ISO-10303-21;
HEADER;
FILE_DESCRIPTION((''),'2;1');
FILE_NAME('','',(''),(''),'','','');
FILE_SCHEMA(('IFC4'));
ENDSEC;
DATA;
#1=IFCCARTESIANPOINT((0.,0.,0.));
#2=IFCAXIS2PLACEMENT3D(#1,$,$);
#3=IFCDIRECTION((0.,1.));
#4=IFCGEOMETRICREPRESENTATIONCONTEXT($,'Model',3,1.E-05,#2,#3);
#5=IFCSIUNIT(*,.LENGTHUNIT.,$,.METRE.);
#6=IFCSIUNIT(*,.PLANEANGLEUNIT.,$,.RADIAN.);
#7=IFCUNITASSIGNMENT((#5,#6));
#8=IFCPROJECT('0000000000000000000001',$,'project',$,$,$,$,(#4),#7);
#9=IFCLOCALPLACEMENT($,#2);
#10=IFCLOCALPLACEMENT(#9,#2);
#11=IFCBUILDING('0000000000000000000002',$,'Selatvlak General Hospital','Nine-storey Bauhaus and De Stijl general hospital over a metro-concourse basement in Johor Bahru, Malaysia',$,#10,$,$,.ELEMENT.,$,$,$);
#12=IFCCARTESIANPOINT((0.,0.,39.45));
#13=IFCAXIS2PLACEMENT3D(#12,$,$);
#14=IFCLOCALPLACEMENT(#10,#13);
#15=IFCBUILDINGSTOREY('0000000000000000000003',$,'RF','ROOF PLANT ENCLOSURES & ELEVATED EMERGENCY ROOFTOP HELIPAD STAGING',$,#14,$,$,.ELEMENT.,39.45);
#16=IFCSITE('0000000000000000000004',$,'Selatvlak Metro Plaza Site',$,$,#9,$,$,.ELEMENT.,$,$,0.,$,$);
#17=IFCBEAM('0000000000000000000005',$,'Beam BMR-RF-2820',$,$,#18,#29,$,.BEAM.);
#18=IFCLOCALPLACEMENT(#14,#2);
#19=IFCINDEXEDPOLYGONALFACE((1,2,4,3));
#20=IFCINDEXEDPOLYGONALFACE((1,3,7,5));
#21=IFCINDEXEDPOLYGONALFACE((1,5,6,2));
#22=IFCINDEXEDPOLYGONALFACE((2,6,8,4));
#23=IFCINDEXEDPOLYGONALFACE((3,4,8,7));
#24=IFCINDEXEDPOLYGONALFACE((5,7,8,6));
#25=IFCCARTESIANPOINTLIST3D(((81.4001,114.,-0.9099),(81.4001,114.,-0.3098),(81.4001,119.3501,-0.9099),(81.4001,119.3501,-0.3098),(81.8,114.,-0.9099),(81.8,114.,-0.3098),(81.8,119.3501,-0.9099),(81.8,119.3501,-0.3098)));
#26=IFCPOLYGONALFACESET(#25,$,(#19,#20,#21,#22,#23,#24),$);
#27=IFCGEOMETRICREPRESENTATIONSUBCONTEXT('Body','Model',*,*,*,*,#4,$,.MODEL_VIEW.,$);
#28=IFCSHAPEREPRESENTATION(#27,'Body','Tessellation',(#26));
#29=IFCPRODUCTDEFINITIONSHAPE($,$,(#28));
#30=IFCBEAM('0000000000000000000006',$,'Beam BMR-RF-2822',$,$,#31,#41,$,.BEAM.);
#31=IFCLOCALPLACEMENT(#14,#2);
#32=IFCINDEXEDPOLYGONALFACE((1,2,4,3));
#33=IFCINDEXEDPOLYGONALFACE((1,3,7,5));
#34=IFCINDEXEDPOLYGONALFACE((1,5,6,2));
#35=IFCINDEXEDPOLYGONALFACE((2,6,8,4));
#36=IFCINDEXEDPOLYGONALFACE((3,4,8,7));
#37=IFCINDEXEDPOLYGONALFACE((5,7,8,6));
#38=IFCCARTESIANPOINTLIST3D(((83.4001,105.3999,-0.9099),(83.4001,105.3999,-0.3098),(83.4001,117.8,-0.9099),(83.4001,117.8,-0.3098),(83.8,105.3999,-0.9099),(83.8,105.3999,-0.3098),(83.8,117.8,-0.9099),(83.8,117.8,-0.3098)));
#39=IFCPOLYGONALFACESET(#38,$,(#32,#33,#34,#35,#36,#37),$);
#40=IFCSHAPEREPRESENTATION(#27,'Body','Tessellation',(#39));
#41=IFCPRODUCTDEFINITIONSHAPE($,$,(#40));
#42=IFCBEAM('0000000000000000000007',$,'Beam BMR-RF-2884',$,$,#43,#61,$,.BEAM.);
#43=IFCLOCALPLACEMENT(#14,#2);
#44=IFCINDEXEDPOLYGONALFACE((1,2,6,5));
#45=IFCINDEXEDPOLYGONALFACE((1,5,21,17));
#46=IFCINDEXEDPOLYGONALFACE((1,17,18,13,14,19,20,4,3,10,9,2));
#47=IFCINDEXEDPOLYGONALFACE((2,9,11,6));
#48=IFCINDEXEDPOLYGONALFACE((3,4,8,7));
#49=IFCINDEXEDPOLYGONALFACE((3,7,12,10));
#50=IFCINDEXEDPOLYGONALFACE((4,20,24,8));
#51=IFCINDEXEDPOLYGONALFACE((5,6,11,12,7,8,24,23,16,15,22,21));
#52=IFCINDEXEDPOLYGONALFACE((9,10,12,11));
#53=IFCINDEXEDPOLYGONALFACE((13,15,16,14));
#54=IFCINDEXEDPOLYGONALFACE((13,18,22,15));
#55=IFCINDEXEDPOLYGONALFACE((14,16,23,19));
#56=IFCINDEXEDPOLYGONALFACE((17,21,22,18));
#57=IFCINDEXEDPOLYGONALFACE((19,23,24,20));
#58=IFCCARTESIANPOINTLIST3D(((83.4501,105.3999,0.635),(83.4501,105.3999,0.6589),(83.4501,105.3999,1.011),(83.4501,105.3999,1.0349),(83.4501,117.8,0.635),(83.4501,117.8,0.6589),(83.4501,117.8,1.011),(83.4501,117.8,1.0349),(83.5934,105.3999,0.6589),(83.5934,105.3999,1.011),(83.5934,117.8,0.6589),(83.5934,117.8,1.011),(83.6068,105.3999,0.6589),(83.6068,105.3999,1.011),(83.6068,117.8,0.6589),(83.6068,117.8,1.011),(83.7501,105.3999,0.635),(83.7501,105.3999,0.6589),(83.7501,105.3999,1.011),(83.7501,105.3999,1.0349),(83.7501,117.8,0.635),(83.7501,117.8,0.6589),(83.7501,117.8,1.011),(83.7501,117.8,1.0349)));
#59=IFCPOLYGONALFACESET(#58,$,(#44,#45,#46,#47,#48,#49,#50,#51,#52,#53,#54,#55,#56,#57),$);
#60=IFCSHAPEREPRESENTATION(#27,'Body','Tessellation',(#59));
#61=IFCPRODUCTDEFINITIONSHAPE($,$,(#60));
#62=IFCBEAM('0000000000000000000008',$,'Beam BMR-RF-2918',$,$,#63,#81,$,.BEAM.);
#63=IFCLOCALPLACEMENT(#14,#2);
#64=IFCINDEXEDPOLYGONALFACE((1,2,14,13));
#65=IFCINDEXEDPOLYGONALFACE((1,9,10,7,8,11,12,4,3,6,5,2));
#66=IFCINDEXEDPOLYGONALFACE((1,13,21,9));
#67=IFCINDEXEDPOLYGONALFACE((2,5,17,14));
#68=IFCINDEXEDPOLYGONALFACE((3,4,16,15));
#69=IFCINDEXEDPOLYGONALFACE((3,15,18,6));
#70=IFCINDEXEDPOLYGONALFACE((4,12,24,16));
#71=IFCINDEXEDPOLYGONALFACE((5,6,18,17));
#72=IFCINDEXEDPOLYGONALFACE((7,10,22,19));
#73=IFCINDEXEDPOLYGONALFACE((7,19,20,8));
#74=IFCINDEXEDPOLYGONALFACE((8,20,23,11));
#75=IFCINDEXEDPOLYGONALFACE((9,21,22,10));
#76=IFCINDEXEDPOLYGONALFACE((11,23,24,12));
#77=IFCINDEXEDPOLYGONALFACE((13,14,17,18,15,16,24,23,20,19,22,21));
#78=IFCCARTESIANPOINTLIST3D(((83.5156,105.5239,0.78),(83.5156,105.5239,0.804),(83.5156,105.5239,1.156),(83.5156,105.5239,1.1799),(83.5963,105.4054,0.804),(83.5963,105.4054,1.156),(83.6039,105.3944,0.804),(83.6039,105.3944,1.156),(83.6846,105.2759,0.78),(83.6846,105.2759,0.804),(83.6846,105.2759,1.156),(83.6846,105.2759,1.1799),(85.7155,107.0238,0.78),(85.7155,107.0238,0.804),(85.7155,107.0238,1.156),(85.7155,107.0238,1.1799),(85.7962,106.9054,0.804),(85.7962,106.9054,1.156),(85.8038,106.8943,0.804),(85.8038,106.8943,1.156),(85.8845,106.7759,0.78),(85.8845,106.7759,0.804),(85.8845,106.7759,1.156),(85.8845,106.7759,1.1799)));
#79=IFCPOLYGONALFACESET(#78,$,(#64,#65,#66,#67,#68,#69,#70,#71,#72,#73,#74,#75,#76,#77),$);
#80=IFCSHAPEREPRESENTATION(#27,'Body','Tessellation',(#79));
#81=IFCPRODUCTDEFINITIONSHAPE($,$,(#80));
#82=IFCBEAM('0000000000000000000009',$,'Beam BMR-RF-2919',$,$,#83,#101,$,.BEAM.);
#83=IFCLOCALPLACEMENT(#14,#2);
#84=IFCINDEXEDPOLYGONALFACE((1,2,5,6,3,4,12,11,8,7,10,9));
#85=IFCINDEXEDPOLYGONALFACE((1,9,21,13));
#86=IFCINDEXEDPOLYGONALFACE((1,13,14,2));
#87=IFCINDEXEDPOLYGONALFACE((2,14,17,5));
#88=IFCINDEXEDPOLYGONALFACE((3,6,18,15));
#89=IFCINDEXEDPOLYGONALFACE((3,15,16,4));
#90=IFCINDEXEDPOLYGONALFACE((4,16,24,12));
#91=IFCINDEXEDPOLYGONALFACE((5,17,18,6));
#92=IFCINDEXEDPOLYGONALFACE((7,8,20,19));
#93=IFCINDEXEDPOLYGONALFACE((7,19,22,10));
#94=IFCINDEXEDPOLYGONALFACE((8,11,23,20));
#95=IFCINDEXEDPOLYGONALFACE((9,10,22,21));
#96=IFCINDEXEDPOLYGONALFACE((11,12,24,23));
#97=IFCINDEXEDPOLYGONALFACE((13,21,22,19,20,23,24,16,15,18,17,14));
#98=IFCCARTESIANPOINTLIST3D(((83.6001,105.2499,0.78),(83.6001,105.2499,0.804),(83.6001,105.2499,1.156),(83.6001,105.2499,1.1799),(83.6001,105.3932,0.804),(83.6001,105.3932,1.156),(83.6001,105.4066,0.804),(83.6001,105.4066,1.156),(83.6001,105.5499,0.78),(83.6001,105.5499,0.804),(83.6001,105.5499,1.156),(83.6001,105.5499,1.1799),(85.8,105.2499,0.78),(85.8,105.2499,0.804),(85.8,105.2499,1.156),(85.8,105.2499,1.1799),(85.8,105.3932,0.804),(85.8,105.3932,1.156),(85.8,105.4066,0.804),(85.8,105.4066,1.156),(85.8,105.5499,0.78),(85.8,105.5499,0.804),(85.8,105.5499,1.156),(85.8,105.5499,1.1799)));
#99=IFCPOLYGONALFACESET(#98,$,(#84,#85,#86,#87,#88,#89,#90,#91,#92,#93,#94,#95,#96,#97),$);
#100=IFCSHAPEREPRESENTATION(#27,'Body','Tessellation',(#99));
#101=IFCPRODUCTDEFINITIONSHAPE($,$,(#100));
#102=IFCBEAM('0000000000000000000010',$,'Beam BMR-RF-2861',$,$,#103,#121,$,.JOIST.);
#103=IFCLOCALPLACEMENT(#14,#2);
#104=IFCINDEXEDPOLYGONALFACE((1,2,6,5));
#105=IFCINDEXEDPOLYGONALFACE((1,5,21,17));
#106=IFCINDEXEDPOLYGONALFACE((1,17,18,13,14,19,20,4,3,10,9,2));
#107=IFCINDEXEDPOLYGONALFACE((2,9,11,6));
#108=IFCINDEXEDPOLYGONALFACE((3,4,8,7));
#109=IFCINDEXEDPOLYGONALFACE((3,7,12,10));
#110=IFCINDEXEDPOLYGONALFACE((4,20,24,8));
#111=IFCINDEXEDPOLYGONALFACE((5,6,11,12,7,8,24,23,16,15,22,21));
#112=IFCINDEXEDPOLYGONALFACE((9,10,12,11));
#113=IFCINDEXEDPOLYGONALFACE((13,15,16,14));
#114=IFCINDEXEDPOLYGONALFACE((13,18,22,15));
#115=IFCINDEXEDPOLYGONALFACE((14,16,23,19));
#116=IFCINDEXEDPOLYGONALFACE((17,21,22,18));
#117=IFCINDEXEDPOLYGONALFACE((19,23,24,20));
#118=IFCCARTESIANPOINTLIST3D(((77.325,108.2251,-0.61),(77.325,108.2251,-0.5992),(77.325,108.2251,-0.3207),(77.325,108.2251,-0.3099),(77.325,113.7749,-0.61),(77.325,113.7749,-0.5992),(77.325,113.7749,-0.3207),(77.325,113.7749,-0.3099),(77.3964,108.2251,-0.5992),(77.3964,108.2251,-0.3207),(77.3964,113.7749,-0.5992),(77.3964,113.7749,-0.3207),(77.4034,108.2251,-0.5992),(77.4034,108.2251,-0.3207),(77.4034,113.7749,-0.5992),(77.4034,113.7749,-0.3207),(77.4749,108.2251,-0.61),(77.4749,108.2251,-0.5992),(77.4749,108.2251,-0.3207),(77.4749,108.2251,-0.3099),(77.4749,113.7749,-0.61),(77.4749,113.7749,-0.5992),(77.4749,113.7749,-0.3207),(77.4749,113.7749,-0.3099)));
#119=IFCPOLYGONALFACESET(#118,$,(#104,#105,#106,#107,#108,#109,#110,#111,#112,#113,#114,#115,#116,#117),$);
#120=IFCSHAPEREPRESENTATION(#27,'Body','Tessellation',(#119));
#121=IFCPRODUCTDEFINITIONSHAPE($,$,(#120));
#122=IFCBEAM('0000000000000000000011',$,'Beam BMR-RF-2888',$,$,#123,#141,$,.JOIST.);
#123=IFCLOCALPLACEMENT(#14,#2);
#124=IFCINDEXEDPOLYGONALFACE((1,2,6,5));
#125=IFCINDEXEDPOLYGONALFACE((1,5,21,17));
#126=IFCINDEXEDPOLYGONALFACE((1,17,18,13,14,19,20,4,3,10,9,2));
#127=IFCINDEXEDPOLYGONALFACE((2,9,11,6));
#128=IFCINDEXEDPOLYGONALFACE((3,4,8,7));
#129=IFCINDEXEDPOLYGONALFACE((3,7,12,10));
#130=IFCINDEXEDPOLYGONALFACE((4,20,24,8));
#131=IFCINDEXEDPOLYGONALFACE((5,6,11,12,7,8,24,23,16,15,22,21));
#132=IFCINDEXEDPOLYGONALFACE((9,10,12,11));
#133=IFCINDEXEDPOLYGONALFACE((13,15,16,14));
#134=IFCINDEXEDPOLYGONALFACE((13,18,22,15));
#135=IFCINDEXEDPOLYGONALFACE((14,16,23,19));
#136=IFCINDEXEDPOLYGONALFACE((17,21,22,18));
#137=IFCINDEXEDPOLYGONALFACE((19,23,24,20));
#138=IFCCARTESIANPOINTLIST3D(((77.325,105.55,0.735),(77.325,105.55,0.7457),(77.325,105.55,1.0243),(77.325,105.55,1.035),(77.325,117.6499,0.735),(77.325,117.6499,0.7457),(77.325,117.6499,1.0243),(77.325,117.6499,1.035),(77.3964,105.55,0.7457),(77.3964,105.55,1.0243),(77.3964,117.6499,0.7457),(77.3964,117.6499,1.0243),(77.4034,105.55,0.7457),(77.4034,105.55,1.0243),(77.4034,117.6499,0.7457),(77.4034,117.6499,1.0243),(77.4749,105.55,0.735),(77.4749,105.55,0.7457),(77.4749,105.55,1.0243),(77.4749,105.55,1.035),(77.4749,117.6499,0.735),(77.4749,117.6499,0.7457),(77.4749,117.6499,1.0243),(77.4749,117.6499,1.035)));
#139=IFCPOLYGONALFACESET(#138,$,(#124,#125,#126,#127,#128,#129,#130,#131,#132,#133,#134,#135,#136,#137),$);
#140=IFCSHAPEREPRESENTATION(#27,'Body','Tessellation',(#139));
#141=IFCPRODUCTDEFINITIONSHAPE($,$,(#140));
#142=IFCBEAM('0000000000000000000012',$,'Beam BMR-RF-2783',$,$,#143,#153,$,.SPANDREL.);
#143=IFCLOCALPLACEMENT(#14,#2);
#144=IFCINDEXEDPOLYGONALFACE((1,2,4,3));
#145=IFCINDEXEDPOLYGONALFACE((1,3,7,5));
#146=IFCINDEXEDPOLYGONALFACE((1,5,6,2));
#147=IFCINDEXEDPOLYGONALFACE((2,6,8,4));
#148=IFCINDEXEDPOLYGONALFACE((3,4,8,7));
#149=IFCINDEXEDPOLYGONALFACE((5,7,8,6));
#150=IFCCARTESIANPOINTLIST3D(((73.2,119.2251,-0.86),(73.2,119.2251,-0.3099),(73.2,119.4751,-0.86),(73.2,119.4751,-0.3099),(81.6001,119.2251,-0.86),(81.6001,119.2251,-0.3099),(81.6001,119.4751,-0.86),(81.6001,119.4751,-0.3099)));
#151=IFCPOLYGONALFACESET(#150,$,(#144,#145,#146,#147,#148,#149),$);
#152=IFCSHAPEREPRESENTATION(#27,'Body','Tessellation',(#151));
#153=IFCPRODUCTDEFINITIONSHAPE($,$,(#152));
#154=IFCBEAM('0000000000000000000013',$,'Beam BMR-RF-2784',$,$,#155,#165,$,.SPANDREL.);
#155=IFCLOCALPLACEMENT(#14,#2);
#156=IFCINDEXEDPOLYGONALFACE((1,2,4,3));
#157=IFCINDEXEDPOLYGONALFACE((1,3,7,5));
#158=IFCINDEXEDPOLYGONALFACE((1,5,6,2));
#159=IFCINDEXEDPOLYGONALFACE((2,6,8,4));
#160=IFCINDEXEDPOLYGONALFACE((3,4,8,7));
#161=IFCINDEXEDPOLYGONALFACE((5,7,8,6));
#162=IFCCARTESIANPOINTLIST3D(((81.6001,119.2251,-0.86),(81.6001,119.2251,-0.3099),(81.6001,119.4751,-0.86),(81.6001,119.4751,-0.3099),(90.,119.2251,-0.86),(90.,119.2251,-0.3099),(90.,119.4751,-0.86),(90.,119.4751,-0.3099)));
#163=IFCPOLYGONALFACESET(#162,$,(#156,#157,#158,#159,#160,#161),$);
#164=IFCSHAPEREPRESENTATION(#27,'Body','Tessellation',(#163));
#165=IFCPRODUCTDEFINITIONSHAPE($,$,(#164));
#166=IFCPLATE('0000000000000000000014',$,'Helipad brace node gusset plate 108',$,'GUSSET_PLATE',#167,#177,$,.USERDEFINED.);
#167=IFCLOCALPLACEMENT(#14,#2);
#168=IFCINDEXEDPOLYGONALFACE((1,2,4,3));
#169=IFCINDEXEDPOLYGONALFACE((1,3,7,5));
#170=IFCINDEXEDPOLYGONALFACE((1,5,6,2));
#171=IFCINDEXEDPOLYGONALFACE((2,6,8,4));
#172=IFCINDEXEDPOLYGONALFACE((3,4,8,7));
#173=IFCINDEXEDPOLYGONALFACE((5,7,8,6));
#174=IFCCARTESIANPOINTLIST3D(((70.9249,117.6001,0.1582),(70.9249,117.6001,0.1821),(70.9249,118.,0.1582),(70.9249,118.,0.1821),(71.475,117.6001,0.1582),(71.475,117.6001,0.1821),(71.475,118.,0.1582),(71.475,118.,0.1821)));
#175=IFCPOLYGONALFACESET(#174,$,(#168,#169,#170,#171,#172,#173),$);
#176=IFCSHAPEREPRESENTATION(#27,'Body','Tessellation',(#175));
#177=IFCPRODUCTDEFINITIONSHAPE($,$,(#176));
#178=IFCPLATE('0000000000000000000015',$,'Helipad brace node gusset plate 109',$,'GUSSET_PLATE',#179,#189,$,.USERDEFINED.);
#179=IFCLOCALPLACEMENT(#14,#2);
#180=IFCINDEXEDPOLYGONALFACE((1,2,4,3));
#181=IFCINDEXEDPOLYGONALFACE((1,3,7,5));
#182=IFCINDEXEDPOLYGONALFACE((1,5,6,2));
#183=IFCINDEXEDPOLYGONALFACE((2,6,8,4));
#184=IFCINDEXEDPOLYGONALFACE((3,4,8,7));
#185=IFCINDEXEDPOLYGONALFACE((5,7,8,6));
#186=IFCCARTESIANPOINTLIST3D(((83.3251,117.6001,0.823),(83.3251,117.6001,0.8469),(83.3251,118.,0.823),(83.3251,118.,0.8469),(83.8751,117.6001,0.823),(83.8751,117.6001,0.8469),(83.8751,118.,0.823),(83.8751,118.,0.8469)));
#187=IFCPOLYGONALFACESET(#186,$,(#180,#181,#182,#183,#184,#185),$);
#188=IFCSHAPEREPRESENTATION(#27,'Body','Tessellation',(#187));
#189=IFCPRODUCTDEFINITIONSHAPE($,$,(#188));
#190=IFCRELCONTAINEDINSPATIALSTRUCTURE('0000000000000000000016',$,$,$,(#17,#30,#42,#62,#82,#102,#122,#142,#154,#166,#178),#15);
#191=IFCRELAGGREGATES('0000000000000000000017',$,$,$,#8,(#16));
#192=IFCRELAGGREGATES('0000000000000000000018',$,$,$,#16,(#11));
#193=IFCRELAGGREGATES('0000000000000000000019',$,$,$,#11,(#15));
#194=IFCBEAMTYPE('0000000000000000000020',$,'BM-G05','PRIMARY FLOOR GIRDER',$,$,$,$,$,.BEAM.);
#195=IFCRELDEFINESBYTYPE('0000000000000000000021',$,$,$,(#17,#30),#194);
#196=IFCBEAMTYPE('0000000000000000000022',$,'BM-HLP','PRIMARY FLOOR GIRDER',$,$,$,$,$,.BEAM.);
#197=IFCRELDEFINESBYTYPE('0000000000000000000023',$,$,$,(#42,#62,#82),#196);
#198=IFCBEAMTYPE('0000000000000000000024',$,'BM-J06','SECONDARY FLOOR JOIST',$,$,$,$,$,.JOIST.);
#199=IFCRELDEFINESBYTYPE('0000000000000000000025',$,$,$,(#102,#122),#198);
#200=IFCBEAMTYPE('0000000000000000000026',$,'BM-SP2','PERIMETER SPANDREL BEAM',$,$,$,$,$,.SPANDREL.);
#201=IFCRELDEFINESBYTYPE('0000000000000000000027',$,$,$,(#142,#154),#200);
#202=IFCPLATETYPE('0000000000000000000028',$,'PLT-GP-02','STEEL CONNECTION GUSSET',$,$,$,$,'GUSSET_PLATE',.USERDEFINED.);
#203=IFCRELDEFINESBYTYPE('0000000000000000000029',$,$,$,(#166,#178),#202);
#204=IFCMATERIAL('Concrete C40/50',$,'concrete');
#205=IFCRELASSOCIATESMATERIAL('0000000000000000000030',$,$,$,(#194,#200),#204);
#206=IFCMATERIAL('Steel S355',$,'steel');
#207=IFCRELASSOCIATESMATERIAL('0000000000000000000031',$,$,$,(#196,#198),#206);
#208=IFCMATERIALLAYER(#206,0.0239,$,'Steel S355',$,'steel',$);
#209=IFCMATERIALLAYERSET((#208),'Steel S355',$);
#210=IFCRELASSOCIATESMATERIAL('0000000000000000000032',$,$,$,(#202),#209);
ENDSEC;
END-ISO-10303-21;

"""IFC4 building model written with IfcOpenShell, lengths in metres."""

from ifc_helpers import new_model, si_unit, direction, frame, origin, origin_2d, place, context, subcontext, project, spatial, rectangle, i_section, extrude, material, layer, layer_set, material_profile, profile_set, type_object, element, save


model = new_model("IFC4")

# Units and contexts
model_context = context("Model", 3, precision=1e-05, world=origin(), true_north=direction((0.0, 1.0)))
body_context = subcontext(model_context, "Body", "Model", "MODEL_VIEW")
ifc_project = project(units=[si_unit("LENGTHUNIT", "METRE"), si_unit("PLANEANGLEUNIT", "RADIAN")], contexts=[model_context])

# Site, building, storey
site_placement = place(None, origin())
site = spatial("IfcSite", under=ifc_project, at=site_placement, Name="Selatvlak Metro Plaza Site", CompositionType="ELEMENT", RefElevation=0.0)
building_placement = place(site_placement, origin())
building = spatial("IfcBuilding", under=site, at=building_placement, Name="Selatvlak General Hospital", Description="Nine-storey Bauhaus and De Stijl general hospital over a metro-concourse basement in Johor Bahru, Malaysia", CompositionType="ELEMENT")
storey_placement = place(building_placement, frame((0.0, 0.0, 39.45)))
storey = spatial("IfcBuildingStorey", under=building, at=storey_placement, Name="RF", Description="ROOF PLANT ENCLOSURES & ELEVATED EMERGENCY ROOFTOP HELIPAD STAGING", CompositionType="ELEMENT", Elevation=39.45)

# Shared definitions
ifc_material_1 = material(Name="Steel S355", Category="steel")

# Beams
ifc_material_2 = material(Name="Concrete C40/50", Category="concrete")
ifc_material_profile_1 = material_profile(ifc_material_2, rectangle(XDim=0.3999, YDim=0.6001, at=origin_2d()), Name="RC-BM 400x600")
ifc_profile_set_1 = profile_set([ifc_material_profile_1], Name="Concrete C40/50")
beam_type_1 = type_object("IfcBeamType", Name="BM-G05", Description="PRIMARY FLOOR GIRDER", PredefinedType="BEAM", material=ifc_profile_set_1)
beam_1_placement = place(storey_placement, frame((81.6001, 114.0, -0.6099), z_axis=(0.0, 1.0, 0.0), x_axis=(-1.0, 0.0, 0.0)))
element("IfcBeam", 1, at=beam_1_placement, inside=storey, type_object=beam_type_1, Name="Beam BMR-RF-2820", PredefinedType="BEAM", context=body_context, shape_type="SweptSolid", body=[
    extrude(rectangle(XDim=0.3999, YDim=0.6001, at=origin_2d()), origin(), (0.0, 0.0, 1.0), 5.3501),
])
beam_2_placement = place(storey_placement, frame((83.6001, 105.3999, -0.6099), z_axis=(0.0, 1.0, 0.0), x_axis=(-1.0, 0.0, 0.0)))
element("IfcBeam", 2, at=beam_2_placement, inside=storey, type_object=beam_type_1, Name="Beam BMR-RF-2822", PredefinedType="BEAM", context=body_context, shape_type="SweptSolid", body=[
    extrude(rectangle(XDim=0.3999, YDim=0.6001, at=origin_2d()), origin(), (0.0, 0.0, 1.0), 12.4001),
])
ifc_material_profile_2 = material_profile(ifc_material_1, i_section(OverallWidth=0.3, OverallDepth=0.3999, WebThickness=0.0134, FlangeThickness=0.0239, at=origin_2d()), Name="HEB 400")
ifc_profile_set_2 = profile_set([ifc_material_profile_2], Name="Steel S355")
beam_type_2 = type_object("IfcBeamType", Name="BM-HLP", Description="PRIMARY FLOOR GIRDER", PredefinedType="BEAM", material=ifc_profile_set_2)
beam_3_placement = place(storey_placement, frame((83.6001, 105.3999, 0.835), z_axis=(0.0, 1.0, 0.0), x_axis=(-1.0, 0.0, 0.0)))
element("IfcBeam", 3, at=beam_3_placement, inside=storey, type_object=beam_type_2, Name="Beam BMR-RF-2884", PredefinedType="BEAM", context=body_context, shape_type="SweptSolid", body=[
    extrude(i_section(OverallWidth=0.3, OverallDepth=0.3999, WebThickness=0.0134, FlangeThickness=0.0239, at=origin_2d()), origin(), (0.0, 0.0, 1.0), 12.4001),
])
beam_4_placement = place(storey_placement, frame((83.6001, 105.3999, 0.98), z_axis=(0.826222, 0.563345, 0.0), x_axis=(-0.563345, 0.826222, 0.0)))
element("IfcBeam", 4, at=beam_4_placement, inside=storey, type_object=beam_type_2, Name="Beam BMR-RF-2918", PredefinedType="BEAM", context=body_context, shape_type="SweptSolid", body=[
    extrude(i_section(OverallWidth=0.3, OverallDepth=0.3999, WebThickness=0.0134, FlangeThickness=0.0239, at=origin_2d()), origin(), (0.0, 0.0, 1.0), 2.6626),
])
beam_5_placement = place(storey_placement, frame((83.6001, 105.3999, 0.98), z_axis=(1.0, 0.0, 0.0), x_axis=(0.0, 1.0, 0.0)))
element("IfcBeam", 5, at=beam_5_placement, inside=storey, type_object=beam_type_2, Name="Beam BMR-RF-2919", PredefinedType="BEAM", context=body_context, shape_type="SweptSolid", body=[
    extrude(i_section(OverallWidth=0.3, OverallDepth=0.3999, WebThickness=0.0134, FlangeThickness=0.0239, at=origin_2d()), origin(), (0.0, 0.0, 1.0), 2.2),
])
ifc_material_profile_3 = material_profile(ifc_material_1, i_section(OverallWidth=0.1499, OverallDepth=0.3, WebThickness=0.0071, FlangeThickness=0.0107, at=origin_2d()), Name="IPE 300")
ifc_profile_set_3 = profile_set([ifc_material_profile_3], Name="Steel S355")
beam_type_3 = type_object("IfcBeamType", Name="BM-J06", Description="SECONDARY FLOOR JOIST", PredefinedType="JOIST", material=ifc_profile_set_3)
beam_6_placement = place(storey_placement, frame((77.3999, 108.2251, -0.46), z_axis=(0.0, 1.0, 0.0), x_axis=(-1.0, 0.0, 0.0)))
element("IfcBeam", 6, at=beam_6_placement, inside=storey, type_object=beam_type_3, Name="Beam BMR-RF-2861", PredefinedType="JOIST", context=body_context, shape_type="SweptSolid", body=[
    extrude(i_section(OverallWidth=0.1499, OverallDepth=0.3, WebThickness=0.0071, FlangeThickness=0.0107, at=origin_2d()), origin(), (0.0, 0.0, 1.0), 5.5498),
])
beam_7_placement = place(storey_placement, frame((77.3999, 105.55, 0.885), z_axis=(0.0, 1.0, 0.0), x_axis=(-1.0, 0.0, 0.0)))
element("IfcBeam", 7, at=beam_7_placement, inside=storey, type_object=beam_type_3, Name="Beam BMR-RF-2888", PredefinedType="JOIST", context=body_context, shape_type="SweptSolid", body=[
    extrude(i_section(OverallWidth=0.1499, OverallDepth=0.3, WebThickness=0.0071, FlangeThickness=0.0107, at=origin_2d()), origin(), (0.0, 0.0, 1.0), 12.0999),
])
ifc_material_profile_4 = material_profile(ifc_material_2, rectangle(XDim=0.25, YDim=0.55, at=origin_2d()), Name="RC-SP 250x550")
ifc_profile_set_4 = profile_set([ifc_material_profile_4], Name="Concrete C40/50")
beam_type_4 = type_object("IfcBeamType", Name="BM-SP2", Description="PERIMETER SPANDREL BEAM", PredefinedType="SPANDREL", material=ifc_profile_set_4)
beam_8_placement = place(storey_placement, frame((73.2, 119.3501, -0.585), z_axis=(1.0, 0.0, 0.0), x_axis=(0.0, 1.0, 0.0)))
element("IfcBeam", 8, at=beam_8_placement, inside=storey, type_object=beam_type_4, Name="Beam BMR-RF-2783", PredefinedType="SPANDREL", context=body_context, shape_type="SweptSolid", body=[
    extrude(rectangle(XDim=0.25, YDim=0.55, at=origin_2d()), origin(), (0.0, 0.0, 1.0), 8.4001),
])
beam_9_placement = place(storey_placement, frame((81.6001, 119.3501, -0.585), z_axis=(1.0, 0.0, 0.0), x_axis=(0.0, 1.0, 0.0)))
element("IfcBeam", 9, at=beam_9_placement, inside=storey, type_object=beam_type_4, Name="Beam BMR-RF-2784", PredefinedType="SPANDREL", context=body_context, shape_type="SweptSolid", body=[
    extrude(rectangle(XDim=0.25, YDim=0.55, at=origin_2d()), origin(), (0.0, 0.0, 1.0), 8.3999),
])

# Plates
ifc_layer_1 = layer(ifc_material_1, 0.0239, Name="Steel S355", Category="steel")
ifc_layer_set_1 = layer_set([ifc_layer_1], Name="Steel S355")
plate_type_1 = type_object("IfcPlateType", Name="PLT-GP-02", Description="STEEL CONNECTION GUSSET", ElementType="GUSSET_PLATE", PredefinedType="USERDEFINED", material=ifc_layer_set_1)
for number, where, z_axis, x_axis, name in (
    (10, (71.2, 117.8, 0.1582), (0.0, 0.0, 1.0), (1.0, 0.0, 0.0), "Helipad brace node gusset plate 108"),
    (11, (83.6001, 117.8, 0.823), (0.0, 0.0, 1.0), (1.0, 0.0, 0.0), "Helipad brace node gusset plate 109"),
):
    element("IfcPlate", number, at=place(storey_placement, frame(where, z_axis=z_axis, x_axis=x_axis)), inside=storey, type_object=plate_type_1, Name=name, ObjectType="GUSSET_PLATE", PredefinedType="USERDEFINED", context=body_context, shape_type="SweptSolid", body=[
        extrude(rectangle(XDim=0.55, YDim=0.3999, at=origin_2d()), origin(), (0.0, 0.0, 1.0), 0.0239),
    ])

save(model, "model.ifc")
